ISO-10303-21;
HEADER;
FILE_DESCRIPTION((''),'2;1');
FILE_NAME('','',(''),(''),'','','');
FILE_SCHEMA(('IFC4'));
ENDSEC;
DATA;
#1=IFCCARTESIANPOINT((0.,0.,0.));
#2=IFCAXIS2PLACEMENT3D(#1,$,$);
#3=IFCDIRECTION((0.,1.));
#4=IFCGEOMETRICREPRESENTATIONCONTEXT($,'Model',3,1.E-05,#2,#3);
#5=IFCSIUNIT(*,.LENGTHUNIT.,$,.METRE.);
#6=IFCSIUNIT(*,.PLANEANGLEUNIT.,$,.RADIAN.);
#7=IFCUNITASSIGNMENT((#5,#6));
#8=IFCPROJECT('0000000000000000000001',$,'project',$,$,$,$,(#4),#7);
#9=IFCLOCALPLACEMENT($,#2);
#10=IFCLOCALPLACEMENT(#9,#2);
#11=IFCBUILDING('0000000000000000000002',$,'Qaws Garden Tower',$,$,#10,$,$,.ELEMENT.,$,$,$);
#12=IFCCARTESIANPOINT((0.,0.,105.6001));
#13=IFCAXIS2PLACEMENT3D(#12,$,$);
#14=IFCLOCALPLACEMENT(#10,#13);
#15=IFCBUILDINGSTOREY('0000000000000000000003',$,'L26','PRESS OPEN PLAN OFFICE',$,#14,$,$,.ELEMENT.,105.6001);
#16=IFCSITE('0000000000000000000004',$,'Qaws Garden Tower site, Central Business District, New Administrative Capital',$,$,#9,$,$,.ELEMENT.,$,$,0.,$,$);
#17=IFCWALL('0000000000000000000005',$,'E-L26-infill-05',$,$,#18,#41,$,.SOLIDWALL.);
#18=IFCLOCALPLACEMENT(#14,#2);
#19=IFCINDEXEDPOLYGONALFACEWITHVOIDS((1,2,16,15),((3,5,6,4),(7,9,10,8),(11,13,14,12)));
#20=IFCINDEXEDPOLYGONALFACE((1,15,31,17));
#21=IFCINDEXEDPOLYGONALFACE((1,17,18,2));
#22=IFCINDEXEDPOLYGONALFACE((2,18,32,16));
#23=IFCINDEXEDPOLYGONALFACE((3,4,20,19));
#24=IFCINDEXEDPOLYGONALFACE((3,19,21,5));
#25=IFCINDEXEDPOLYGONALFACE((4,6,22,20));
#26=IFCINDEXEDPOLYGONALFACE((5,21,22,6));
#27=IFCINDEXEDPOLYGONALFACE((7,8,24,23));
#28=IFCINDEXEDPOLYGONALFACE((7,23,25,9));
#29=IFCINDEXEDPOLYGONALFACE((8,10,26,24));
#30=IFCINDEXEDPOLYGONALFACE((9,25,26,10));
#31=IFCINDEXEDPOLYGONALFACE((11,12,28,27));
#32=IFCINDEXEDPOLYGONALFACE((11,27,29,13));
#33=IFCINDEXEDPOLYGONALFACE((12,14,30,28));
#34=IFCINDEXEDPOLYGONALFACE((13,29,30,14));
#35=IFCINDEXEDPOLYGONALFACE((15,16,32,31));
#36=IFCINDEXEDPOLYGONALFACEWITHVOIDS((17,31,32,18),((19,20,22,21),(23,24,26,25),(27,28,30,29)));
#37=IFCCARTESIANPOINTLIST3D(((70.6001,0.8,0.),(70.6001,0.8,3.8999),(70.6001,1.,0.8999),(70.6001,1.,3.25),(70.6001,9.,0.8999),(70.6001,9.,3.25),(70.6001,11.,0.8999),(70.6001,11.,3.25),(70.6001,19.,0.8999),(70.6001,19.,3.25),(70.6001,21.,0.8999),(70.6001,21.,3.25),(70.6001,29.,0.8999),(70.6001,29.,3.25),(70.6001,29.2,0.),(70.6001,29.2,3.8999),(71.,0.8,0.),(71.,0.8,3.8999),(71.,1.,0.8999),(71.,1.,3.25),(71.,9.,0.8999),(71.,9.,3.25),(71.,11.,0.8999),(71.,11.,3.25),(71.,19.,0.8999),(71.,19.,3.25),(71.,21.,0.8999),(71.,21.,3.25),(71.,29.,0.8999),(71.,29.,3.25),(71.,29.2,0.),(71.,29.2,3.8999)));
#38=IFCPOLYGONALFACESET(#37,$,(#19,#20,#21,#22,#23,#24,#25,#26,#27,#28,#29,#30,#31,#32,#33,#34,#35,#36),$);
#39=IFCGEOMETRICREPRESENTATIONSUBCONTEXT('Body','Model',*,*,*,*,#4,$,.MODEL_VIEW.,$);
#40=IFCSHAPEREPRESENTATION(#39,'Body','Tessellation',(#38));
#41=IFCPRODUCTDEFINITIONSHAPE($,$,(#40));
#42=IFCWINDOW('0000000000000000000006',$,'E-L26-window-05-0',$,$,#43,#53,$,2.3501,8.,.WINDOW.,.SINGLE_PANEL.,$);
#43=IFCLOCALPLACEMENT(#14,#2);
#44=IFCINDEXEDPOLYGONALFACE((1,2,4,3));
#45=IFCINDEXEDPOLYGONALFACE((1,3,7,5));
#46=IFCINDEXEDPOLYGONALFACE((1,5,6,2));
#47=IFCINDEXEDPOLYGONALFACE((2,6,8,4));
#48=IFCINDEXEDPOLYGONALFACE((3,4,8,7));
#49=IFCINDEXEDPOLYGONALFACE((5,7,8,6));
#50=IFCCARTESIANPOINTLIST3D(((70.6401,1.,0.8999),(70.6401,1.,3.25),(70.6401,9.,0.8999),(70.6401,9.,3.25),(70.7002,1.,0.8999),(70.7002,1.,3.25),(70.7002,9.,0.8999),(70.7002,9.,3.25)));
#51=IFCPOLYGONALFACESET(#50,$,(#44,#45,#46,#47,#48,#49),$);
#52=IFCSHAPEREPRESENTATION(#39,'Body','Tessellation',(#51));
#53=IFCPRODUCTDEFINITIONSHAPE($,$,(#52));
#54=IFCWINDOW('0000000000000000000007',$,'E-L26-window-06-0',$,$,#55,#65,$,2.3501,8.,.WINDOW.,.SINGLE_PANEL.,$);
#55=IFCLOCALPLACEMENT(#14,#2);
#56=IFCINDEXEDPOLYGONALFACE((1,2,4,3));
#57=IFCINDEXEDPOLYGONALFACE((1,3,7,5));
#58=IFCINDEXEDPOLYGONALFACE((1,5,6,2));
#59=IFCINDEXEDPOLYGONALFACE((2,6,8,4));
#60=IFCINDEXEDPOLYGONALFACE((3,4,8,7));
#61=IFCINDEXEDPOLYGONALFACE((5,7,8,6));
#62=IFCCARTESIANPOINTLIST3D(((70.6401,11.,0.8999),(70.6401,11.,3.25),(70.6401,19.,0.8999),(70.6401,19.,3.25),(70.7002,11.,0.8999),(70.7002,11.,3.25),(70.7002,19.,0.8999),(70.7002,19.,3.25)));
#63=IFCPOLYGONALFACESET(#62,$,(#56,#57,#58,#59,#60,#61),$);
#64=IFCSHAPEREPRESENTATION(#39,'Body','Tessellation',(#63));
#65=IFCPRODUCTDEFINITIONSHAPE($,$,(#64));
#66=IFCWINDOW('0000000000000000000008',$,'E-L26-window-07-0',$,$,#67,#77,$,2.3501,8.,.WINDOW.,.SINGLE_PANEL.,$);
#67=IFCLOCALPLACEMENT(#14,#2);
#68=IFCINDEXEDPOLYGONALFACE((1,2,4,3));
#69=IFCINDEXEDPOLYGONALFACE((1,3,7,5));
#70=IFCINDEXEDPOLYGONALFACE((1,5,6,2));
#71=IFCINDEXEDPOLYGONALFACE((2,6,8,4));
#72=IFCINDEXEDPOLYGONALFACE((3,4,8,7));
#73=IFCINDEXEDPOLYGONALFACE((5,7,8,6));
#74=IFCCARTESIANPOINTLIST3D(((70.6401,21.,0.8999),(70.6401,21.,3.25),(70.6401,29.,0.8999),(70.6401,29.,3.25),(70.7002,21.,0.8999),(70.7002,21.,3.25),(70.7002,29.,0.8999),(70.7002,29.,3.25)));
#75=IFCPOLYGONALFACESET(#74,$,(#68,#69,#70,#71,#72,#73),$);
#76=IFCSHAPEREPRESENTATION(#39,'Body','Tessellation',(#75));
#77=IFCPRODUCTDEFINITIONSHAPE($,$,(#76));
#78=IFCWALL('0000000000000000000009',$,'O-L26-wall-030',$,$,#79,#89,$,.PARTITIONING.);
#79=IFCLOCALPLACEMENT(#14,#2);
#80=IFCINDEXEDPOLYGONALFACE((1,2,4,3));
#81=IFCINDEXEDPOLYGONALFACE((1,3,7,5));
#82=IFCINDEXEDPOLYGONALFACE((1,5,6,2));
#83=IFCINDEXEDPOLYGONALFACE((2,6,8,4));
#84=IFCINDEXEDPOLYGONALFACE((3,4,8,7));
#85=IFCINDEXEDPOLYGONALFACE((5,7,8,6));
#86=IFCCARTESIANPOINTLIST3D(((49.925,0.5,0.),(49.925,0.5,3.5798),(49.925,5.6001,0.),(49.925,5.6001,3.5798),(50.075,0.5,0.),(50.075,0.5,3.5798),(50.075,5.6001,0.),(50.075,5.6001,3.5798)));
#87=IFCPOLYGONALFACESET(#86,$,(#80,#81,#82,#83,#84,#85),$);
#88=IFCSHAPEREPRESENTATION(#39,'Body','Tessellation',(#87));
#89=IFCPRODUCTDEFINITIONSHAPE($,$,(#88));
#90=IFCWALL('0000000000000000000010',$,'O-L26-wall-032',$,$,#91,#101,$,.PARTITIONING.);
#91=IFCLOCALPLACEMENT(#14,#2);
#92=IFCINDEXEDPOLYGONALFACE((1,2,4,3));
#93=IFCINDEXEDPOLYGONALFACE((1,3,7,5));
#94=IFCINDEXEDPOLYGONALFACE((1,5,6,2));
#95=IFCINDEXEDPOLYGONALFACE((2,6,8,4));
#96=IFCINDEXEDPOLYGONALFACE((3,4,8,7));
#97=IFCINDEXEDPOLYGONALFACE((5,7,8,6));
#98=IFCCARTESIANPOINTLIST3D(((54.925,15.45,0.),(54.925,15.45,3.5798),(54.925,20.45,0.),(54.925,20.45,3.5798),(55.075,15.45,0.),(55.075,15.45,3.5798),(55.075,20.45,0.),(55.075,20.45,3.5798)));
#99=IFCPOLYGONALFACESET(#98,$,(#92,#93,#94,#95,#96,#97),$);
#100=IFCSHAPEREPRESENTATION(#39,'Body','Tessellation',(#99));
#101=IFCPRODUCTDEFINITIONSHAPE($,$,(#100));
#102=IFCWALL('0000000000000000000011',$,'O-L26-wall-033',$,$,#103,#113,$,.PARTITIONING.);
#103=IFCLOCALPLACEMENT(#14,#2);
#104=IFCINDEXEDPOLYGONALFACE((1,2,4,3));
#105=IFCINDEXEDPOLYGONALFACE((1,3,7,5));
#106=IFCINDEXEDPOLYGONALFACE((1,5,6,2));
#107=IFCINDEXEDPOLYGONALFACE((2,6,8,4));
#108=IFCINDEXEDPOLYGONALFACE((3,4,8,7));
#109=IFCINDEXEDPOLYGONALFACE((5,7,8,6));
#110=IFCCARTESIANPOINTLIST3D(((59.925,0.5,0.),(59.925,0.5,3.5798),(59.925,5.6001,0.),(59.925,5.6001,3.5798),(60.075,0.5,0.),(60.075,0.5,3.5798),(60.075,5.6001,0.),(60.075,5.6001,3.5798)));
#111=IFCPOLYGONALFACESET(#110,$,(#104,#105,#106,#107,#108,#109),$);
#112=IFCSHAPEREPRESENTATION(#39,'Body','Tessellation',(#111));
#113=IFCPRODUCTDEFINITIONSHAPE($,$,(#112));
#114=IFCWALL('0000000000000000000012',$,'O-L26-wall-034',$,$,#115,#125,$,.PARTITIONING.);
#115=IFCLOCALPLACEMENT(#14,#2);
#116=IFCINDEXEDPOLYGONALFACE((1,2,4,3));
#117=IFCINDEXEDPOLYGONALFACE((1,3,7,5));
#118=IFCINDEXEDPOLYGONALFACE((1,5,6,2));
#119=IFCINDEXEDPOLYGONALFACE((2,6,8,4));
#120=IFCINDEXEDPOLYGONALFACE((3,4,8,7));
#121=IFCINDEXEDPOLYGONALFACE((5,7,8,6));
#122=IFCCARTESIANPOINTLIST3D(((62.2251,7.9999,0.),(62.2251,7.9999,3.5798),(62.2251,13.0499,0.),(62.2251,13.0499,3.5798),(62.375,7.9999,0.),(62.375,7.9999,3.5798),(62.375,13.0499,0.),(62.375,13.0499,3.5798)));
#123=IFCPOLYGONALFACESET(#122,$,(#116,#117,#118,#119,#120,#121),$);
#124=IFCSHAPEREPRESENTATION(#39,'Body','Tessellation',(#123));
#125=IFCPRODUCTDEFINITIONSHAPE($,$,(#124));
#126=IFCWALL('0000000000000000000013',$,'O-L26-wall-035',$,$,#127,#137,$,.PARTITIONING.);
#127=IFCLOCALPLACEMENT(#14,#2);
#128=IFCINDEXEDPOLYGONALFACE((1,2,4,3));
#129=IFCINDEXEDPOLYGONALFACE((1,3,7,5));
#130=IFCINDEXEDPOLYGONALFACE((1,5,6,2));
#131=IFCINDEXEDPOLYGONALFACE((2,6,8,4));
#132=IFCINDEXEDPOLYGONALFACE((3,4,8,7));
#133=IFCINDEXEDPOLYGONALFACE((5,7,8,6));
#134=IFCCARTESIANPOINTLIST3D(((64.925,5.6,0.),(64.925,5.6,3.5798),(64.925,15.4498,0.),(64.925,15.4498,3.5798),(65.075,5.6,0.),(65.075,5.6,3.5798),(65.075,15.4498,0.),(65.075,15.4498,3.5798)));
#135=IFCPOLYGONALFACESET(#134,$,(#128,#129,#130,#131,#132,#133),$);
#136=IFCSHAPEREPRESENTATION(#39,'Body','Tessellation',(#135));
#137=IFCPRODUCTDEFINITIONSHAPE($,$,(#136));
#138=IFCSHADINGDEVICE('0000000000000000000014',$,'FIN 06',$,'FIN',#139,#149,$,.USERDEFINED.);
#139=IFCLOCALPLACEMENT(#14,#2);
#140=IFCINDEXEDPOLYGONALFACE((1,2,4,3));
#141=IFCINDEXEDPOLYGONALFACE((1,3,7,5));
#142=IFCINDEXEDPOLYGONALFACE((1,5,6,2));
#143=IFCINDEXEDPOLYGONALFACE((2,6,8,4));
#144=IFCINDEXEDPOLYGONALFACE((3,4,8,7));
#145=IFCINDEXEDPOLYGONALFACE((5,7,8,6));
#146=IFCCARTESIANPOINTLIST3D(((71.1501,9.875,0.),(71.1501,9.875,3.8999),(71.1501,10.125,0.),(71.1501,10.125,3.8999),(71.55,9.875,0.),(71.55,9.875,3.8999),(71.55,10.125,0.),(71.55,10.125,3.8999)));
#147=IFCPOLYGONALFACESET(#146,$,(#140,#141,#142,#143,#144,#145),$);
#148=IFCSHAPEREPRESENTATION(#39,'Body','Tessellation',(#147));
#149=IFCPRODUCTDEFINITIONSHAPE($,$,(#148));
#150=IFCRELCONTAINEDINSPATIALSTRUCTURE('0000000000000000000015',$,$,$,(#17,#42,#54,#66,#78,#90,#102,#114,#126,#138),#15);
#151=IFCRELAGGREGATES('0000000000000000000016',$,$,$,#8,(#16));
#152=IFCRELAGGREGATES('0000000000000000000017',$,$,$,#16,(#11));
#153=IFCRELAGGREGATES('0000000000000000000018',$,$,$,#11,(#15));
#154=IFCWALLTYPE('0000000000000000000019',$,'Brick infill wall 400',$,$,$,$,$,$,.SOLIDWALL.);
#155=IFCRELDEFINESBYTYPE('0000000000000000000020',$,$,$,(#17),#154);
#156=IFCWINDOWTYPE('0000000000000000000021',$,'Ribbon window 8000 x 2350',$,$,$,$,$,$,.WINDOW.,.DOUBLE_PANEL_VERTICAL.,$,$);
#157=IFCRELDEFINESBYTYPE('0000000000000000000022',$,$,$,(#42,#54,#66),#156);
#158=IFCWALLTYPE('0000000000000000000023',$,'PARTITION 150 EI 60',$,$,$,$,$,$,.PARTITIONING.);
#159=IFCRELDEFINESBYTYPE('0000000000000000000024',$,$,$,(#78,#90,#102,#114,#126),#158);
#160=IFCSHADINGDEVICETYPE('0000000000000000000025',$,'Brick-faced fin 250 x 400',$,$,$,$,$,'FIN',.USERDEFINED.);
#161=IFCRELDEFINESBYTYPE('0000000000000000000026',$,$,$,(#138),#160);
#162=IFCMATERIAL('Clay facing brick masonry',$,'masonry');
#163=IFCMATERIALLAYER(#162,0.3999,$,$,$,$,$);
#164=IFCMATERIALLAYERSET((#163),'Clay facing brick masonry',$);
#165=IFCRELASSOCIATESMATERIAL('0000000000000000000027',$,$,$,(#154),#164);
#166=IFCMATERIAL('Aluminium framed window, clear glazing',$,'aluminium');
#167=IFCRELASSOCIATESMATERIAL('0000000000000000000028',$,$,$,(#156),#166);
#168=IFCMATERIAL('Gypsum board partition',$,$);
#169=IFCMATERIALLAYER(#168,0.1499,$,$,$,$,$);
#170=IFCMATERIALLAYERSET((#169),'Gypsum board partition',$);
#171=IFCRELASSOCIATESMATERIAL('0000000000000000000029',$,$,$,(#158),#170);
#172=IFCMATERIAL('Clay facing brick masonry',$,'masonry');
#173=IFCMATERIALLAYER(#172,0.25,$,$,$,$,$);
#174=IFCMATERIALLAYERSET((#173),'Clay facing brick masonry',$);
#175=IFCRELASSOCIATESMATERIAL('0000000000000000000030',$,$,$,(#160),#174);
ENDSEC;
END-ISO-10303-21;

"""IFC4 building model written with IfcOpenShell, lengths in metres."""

from ifc_helpers import new_model, si_unit, direction, frame, frame_2d, origin, origin_2d, place, context, subcontext, project, spatial, rectangle, extrude, material, layer, layer_set, type_object, element, fill, save


model = new_model("IFC4")

# Units and contexts
model_context = context("Model", 3, precision=1e-05, world=origin(), true_north=direction((0.0, 1.0)))
body_context = subcontext(model_context, "Body", "Model", "MODEL_VIEW")
ifc_project = project(units=[si_unit("LENGTHUNIT", "METRE"), si_unit("PLANEANGLEUNIT", "RADIAN")], contexts=[model_context])

# Site, building, storey
site_placement = place(None, origin())
site = spatial("IfcSite", under=ifc_project, at=site_placement, Name="Qaws Garden Tower site, Central Business District, New Administrative Capital", CompositionType="ELEMENT", RefElevation=0.0)
building_placement = place(site_placement, origin())
building = spatial("IfcBuilding", under=site, at=building_placement, Name="Qaws Garden Tower", CompositionType="ELEMENT")
storey_placement = place(building_placement, frame((0.0, 0.0, 105.6001)))
storey = spatial("IfcBuildingStorey", under=building, at=storey_placement, Name="L26", Description="PRESS OPEN PLAN OFFICE", CompositionType="ELEMENT", Elevation=105.6001)

# Wall, openings, windows
ifc_material_1 = material(Name="Clay facing brick masonry", Category="masonry")
ifc_layer_1 = layer(ifc_material_1, 0.3999)
ifc_layer_set_1 = layer_set([ifc_layer_1], Name="Clay facing brick masonry")
wall_type_1 = type_object("IfcWallType", Name="Brick infill wall 400", PredefinedType="SOLIDWALL", material=ifc_layer_set_1)
wall_1_placement = place(storey_placement, frame((70.8, 0.8, 0.0), z_axis=(0.0, 0.0, 1.0), x_axis=(0.0, 1.0, 0.0)))
wall_1 = element("IfcWall", 1, at=wall_1_placement, inside=storey, type_object=wall_type_1, Name="E-L26-infill-05", PredefinedType="SOLIDWALL", context=body_context, shape_type="SweptSolid", body=[
    extrude(rectangle(XDim=28.3999, YDim=0.3999, at=frame_2d((14.2, 0.0))), origin(), (0.0, 0.0, 1.0), 3.8999),
])
opening_1_placement = place(wall_1_placement, frame((0.2, 0.0, 0.8999)))
opening_1 = element("IfcOpeningElement", 2, at=opening_1_placement, cuts=wall_1, PredefinedType="OPENING", context=body_context, shape_type="SweptSolid", body=[
    extrude(rectangle(XDim=8.0, YDim=2.3501, at=frame_2d((4.0, 1.175))), frame((0.0, 0.21, 0.0), z_axis=(0.0, -1.0, 0.0), x_axis=(1.0, 0.0, 0.0)), (0.0, 0.0, 1.0), 0.4199),
])
opening_2_placement = place(wall_1_placement, frame((10.2, 0.0, 0.8999)))
opening_2 = element("IfcOpeningElement", 3, at=opening_2_placement, cuts=wall_1, PredefinedType="OPENING", context=body_context, shape_type="SweptSolid", body=[
    extrude(rectangle(XDim=8.0, YDim=2.3501, at=frame_2d((4.0, 1.175))), frame((0.0, 0.21, 0.0), z_axis=(0.0, -1.0, 0.0), x_axis=(1.0, 0.0, 0.0)), (0.0, 0.0, 1.0), 0.4199),
])
opening_3_placement = place(wall_1_placement, frame((20.2, 0.0, 0.8999)))
opening_3 = element("IfcOpeningElement", 4, at=opening_3_placement, cuts=wall_1, PredefinedType="OPENING", context=body_context, shape_type="SweptSolid", body=[
    extrude(rectangle(XDim=8.0, YDim=2.3501, at=frame_2d((4.0, 1.175))), frame((0.0, 0.21, 0.0), z_axis=(0.0, -1.0, 0.0), x_axis=(1.0, 0.0, 0.0)), (0.0, 0.0, 1.0), 0.4199),
])
ifc_material_2 = material(Name="Aluminium framed window, clear glazing", Category="aluminium")
window_type = type_object("IfcWindowType", Name="Ribbon window 8000 x 2350", PartitioningType="DOUBLE_PANEL_VERTICAL", PredefinedType="WINDOW", material=ifc_material_2)
window_1_placement = place(opening_1_placement, origin())
window_1 = element("IfcWindow", 5, at=window_1_placement, inside=storey, type_object=window_type, Name="E-L26-window-05-0", OverallHeight=2.3501, OverallWidth=8.0, PartitioningType="SINGLE_PANEL", PredefinedType="WINDOW", context=body_context, shape_type="SweptSolid", body=[
    extrude(rectangle(XDim=8.0, YDim=2.3501, at=frame_2d((4.0, 1.175))), frame((0.0, 0.1599, 0.0), z_axis=(0.0, -1.0, 0.0), x_axis=(1.0, 0.0, 0.0)), (0.0, 0.0, 1.0), 0.0601),
])
fill(opening_1, window_1)
window_2_placement = place(opening_2_placement, origin())
window_2 = element("IfcWindow", 6, at=window_2_placement, inside=storey, type_object=window_type, Name="E-L26-window-06-0", OverallHeight=2.3501, OverallWidth=8.0, PartitioningType="SINGLE_PANEL", PredefinedType="WINDOW", context=body_context, shape_type="SweptSolid", body=[
    extrude(rectangle(XDim=8.0, YDim=2.3501, at=frame_2d((4.0, 1.175))), frame((0.0, 0.1599, 0.0), z_axis=(0.0, -1.0, 0.0), x_axis=(1.0, 0.0, 0.0)), (0.0, 0.0, 1.0), 0.0601),
])
fill(opening_2, window_2)
window_3_placement = place(opening_3_placement, origin())
window_3 = element("IfcWindow", 7, at=window_3_placement, inside=storey, type_object=window_type, Name="E-L26-window-07-0", OverallHeight=2.3501, OverallWidth=8.0, PartitioningType="SINGLE_PANEL", PredefinedType="WINDOW", context=body_context, shape_type="SweptSolid", body=[
    extrude(rectangle(XDim=8.0, YDim=2.3501, at=frame_2d((4.0, 1.175))), frame((0.0, 0.1599, 0.0), z_axis=(0.0, -1.0, 0.0), x_axis=(1.0, 0.0, 0.0)), (0.0, 0.0, 1.0), 0.0601),
])
fill(opening_3, window_3)

# Walls
ifc_material_3 = material(Name="Gypsum board partition")
ifc_layer_2 = layer(ifc_material_3, 0.1499)
ifc_layer_set_2 = layer_set([ifc_layer_2], Name="Gypsum board partition")
wall_type_2 = type_object("IfcWallType", Name="PARTITION 150 EI 60", PredefinedType="PARTITIONING", material=ifc_layer_set_2)
wall_2_placement = place(storey_placement, frame((50.0, 0.5, 0.0), z_axis=(0.0, 0.0, 1.0), x_axis=(0.0, 1.0, 0.0)))
element("IfcWall", 8, at=wall_2_placement, inside=storey, type_object=wall_type_2, Name="O-L26-wall-030", PredefinedType="PARTITIONING", context=body_context, shape_type="SweptSolid", body=[
    extrude(rectangle(XDim=5.1001, YDim=0.1499, at=frame_2d((2.55, 0.0))), origin(), (0.0, 0.0, 1.0), 3.5798),
])
wall_3_placement = place(storey_placement, frame((55.0, 15.45, 0.0), z_axis=(0.0, 0.0, 1.0), x_axis=(0.0, 1.0, 0.0)))
element("IfcWall", 9, at=wall_3_placement, inside=storey, type_object=wall_type_2, Name="O-L26-wall-032", PredefinedType="PARTITIONING", context=body_context, shape_type="SweptSolid", body=[
    extrude(rectangle(XDim=5.0, YDim=0.1499, at=frame_2d((2.5, 0.0))), origin(), (0.0, 0.0, 1.0), 3.5798),
])
wall_4_placement = place(storey_placement, frame((60.0, 0.5, 0.0), z_axis=(0.0, 0.0, 1.0), x_axis=(0.0, 1.0, 0.0)))
element("IfcWall", 10, at=wall_4_placement, inside=storey, type_object=wall_type_2, Name="O-L26-wall-033", PredefinedType="PARTITIONING", context=body_context, shape_type="SweptSolid", body=[
    extrude(rectangle(XDim=5.1001, YDim=0.1499, at=frame_2d((2.55, 0.0))), origin(), (0.0, 0.0, 1.0), 3.5798),
])
wall_5_placement = place(storey_placement, frame((62.3, 8.0, 0.0), z_axis=(0.0, 0.0, 1.0), x_axis=(0.0, 1.0, 0.0)))
element("IfcWall", 11, at=wall_5_placement, inside=storey, type_object=wall_type_2, Name="O-L26-wall-034", PredefinedType="PARTITIONING", context=body_context, shape_type="SweptSolid", body=[
    extrude(rectangle(XDim=5.05, YDim=0.1499, at=frame_2d((2.5249, 0.0))), origin(), (0.0, 0.0, 1.0), 3.5798),
])
wall_6_placement = place(storey_placement, frame((65.0, 5.6001, 0.0), z_axis=(0.0, 0.0, 1.0), x_axis=(0.0, 1.0, 0.0)))
element("IfcWall", 12, at=wall_6_placement, inside=storey, type_object=wall_type_2, Name="O-L26-wall-035", PredefinedType="PARTITIONING", context=body_context, shape_type="SweptSolid", body=[
    extrude(rectangle(XDim=9.8499, YDim=0.1499, at=frame_2d((4.9248, 0.0))), origin(), (0.0, 0.0, 1.0), 3.5798),
])

# Shading device
ifc_material_4 = material(Name="Clay facing brick masonry", Category="masonry")
ifc_layer_3 = layer(ifc_material_4, 0.25)
ifc_layer_set_3 = layer_set([ifc_layer_3], Name="Clay facing brick masonry")
shading_device_type = type_object("IfcShadingDeviceType", Name="Brick-faced fin 250 x 400", ElementType="FIN", PredefinedType="USERDEFINED", material=ifc_layer_set_3)
shading_device_placement = place(storey_placement, frame((71.3501, 10.0, 0.0), z_axis=(0.0, 0.0, 1.0), x_axis=(0.0, 1.0, 0.0)))
element("IfcShadingDevice", 13, at=shading_device_placement, inside=storey, type_object=shading_device_type, Name="FIN 06", ObjectType="FIN", PredefinedType="USERDEFINED", context=body_context, shape_type="SweptSolid", body=[
    extrude(rectangle(XDim=0.25, YDim=0.3999, at=origin_2d()), origin(), (0.0, 0.0, 1.0), 3.8999),
])

save(model, "model.ifc")
